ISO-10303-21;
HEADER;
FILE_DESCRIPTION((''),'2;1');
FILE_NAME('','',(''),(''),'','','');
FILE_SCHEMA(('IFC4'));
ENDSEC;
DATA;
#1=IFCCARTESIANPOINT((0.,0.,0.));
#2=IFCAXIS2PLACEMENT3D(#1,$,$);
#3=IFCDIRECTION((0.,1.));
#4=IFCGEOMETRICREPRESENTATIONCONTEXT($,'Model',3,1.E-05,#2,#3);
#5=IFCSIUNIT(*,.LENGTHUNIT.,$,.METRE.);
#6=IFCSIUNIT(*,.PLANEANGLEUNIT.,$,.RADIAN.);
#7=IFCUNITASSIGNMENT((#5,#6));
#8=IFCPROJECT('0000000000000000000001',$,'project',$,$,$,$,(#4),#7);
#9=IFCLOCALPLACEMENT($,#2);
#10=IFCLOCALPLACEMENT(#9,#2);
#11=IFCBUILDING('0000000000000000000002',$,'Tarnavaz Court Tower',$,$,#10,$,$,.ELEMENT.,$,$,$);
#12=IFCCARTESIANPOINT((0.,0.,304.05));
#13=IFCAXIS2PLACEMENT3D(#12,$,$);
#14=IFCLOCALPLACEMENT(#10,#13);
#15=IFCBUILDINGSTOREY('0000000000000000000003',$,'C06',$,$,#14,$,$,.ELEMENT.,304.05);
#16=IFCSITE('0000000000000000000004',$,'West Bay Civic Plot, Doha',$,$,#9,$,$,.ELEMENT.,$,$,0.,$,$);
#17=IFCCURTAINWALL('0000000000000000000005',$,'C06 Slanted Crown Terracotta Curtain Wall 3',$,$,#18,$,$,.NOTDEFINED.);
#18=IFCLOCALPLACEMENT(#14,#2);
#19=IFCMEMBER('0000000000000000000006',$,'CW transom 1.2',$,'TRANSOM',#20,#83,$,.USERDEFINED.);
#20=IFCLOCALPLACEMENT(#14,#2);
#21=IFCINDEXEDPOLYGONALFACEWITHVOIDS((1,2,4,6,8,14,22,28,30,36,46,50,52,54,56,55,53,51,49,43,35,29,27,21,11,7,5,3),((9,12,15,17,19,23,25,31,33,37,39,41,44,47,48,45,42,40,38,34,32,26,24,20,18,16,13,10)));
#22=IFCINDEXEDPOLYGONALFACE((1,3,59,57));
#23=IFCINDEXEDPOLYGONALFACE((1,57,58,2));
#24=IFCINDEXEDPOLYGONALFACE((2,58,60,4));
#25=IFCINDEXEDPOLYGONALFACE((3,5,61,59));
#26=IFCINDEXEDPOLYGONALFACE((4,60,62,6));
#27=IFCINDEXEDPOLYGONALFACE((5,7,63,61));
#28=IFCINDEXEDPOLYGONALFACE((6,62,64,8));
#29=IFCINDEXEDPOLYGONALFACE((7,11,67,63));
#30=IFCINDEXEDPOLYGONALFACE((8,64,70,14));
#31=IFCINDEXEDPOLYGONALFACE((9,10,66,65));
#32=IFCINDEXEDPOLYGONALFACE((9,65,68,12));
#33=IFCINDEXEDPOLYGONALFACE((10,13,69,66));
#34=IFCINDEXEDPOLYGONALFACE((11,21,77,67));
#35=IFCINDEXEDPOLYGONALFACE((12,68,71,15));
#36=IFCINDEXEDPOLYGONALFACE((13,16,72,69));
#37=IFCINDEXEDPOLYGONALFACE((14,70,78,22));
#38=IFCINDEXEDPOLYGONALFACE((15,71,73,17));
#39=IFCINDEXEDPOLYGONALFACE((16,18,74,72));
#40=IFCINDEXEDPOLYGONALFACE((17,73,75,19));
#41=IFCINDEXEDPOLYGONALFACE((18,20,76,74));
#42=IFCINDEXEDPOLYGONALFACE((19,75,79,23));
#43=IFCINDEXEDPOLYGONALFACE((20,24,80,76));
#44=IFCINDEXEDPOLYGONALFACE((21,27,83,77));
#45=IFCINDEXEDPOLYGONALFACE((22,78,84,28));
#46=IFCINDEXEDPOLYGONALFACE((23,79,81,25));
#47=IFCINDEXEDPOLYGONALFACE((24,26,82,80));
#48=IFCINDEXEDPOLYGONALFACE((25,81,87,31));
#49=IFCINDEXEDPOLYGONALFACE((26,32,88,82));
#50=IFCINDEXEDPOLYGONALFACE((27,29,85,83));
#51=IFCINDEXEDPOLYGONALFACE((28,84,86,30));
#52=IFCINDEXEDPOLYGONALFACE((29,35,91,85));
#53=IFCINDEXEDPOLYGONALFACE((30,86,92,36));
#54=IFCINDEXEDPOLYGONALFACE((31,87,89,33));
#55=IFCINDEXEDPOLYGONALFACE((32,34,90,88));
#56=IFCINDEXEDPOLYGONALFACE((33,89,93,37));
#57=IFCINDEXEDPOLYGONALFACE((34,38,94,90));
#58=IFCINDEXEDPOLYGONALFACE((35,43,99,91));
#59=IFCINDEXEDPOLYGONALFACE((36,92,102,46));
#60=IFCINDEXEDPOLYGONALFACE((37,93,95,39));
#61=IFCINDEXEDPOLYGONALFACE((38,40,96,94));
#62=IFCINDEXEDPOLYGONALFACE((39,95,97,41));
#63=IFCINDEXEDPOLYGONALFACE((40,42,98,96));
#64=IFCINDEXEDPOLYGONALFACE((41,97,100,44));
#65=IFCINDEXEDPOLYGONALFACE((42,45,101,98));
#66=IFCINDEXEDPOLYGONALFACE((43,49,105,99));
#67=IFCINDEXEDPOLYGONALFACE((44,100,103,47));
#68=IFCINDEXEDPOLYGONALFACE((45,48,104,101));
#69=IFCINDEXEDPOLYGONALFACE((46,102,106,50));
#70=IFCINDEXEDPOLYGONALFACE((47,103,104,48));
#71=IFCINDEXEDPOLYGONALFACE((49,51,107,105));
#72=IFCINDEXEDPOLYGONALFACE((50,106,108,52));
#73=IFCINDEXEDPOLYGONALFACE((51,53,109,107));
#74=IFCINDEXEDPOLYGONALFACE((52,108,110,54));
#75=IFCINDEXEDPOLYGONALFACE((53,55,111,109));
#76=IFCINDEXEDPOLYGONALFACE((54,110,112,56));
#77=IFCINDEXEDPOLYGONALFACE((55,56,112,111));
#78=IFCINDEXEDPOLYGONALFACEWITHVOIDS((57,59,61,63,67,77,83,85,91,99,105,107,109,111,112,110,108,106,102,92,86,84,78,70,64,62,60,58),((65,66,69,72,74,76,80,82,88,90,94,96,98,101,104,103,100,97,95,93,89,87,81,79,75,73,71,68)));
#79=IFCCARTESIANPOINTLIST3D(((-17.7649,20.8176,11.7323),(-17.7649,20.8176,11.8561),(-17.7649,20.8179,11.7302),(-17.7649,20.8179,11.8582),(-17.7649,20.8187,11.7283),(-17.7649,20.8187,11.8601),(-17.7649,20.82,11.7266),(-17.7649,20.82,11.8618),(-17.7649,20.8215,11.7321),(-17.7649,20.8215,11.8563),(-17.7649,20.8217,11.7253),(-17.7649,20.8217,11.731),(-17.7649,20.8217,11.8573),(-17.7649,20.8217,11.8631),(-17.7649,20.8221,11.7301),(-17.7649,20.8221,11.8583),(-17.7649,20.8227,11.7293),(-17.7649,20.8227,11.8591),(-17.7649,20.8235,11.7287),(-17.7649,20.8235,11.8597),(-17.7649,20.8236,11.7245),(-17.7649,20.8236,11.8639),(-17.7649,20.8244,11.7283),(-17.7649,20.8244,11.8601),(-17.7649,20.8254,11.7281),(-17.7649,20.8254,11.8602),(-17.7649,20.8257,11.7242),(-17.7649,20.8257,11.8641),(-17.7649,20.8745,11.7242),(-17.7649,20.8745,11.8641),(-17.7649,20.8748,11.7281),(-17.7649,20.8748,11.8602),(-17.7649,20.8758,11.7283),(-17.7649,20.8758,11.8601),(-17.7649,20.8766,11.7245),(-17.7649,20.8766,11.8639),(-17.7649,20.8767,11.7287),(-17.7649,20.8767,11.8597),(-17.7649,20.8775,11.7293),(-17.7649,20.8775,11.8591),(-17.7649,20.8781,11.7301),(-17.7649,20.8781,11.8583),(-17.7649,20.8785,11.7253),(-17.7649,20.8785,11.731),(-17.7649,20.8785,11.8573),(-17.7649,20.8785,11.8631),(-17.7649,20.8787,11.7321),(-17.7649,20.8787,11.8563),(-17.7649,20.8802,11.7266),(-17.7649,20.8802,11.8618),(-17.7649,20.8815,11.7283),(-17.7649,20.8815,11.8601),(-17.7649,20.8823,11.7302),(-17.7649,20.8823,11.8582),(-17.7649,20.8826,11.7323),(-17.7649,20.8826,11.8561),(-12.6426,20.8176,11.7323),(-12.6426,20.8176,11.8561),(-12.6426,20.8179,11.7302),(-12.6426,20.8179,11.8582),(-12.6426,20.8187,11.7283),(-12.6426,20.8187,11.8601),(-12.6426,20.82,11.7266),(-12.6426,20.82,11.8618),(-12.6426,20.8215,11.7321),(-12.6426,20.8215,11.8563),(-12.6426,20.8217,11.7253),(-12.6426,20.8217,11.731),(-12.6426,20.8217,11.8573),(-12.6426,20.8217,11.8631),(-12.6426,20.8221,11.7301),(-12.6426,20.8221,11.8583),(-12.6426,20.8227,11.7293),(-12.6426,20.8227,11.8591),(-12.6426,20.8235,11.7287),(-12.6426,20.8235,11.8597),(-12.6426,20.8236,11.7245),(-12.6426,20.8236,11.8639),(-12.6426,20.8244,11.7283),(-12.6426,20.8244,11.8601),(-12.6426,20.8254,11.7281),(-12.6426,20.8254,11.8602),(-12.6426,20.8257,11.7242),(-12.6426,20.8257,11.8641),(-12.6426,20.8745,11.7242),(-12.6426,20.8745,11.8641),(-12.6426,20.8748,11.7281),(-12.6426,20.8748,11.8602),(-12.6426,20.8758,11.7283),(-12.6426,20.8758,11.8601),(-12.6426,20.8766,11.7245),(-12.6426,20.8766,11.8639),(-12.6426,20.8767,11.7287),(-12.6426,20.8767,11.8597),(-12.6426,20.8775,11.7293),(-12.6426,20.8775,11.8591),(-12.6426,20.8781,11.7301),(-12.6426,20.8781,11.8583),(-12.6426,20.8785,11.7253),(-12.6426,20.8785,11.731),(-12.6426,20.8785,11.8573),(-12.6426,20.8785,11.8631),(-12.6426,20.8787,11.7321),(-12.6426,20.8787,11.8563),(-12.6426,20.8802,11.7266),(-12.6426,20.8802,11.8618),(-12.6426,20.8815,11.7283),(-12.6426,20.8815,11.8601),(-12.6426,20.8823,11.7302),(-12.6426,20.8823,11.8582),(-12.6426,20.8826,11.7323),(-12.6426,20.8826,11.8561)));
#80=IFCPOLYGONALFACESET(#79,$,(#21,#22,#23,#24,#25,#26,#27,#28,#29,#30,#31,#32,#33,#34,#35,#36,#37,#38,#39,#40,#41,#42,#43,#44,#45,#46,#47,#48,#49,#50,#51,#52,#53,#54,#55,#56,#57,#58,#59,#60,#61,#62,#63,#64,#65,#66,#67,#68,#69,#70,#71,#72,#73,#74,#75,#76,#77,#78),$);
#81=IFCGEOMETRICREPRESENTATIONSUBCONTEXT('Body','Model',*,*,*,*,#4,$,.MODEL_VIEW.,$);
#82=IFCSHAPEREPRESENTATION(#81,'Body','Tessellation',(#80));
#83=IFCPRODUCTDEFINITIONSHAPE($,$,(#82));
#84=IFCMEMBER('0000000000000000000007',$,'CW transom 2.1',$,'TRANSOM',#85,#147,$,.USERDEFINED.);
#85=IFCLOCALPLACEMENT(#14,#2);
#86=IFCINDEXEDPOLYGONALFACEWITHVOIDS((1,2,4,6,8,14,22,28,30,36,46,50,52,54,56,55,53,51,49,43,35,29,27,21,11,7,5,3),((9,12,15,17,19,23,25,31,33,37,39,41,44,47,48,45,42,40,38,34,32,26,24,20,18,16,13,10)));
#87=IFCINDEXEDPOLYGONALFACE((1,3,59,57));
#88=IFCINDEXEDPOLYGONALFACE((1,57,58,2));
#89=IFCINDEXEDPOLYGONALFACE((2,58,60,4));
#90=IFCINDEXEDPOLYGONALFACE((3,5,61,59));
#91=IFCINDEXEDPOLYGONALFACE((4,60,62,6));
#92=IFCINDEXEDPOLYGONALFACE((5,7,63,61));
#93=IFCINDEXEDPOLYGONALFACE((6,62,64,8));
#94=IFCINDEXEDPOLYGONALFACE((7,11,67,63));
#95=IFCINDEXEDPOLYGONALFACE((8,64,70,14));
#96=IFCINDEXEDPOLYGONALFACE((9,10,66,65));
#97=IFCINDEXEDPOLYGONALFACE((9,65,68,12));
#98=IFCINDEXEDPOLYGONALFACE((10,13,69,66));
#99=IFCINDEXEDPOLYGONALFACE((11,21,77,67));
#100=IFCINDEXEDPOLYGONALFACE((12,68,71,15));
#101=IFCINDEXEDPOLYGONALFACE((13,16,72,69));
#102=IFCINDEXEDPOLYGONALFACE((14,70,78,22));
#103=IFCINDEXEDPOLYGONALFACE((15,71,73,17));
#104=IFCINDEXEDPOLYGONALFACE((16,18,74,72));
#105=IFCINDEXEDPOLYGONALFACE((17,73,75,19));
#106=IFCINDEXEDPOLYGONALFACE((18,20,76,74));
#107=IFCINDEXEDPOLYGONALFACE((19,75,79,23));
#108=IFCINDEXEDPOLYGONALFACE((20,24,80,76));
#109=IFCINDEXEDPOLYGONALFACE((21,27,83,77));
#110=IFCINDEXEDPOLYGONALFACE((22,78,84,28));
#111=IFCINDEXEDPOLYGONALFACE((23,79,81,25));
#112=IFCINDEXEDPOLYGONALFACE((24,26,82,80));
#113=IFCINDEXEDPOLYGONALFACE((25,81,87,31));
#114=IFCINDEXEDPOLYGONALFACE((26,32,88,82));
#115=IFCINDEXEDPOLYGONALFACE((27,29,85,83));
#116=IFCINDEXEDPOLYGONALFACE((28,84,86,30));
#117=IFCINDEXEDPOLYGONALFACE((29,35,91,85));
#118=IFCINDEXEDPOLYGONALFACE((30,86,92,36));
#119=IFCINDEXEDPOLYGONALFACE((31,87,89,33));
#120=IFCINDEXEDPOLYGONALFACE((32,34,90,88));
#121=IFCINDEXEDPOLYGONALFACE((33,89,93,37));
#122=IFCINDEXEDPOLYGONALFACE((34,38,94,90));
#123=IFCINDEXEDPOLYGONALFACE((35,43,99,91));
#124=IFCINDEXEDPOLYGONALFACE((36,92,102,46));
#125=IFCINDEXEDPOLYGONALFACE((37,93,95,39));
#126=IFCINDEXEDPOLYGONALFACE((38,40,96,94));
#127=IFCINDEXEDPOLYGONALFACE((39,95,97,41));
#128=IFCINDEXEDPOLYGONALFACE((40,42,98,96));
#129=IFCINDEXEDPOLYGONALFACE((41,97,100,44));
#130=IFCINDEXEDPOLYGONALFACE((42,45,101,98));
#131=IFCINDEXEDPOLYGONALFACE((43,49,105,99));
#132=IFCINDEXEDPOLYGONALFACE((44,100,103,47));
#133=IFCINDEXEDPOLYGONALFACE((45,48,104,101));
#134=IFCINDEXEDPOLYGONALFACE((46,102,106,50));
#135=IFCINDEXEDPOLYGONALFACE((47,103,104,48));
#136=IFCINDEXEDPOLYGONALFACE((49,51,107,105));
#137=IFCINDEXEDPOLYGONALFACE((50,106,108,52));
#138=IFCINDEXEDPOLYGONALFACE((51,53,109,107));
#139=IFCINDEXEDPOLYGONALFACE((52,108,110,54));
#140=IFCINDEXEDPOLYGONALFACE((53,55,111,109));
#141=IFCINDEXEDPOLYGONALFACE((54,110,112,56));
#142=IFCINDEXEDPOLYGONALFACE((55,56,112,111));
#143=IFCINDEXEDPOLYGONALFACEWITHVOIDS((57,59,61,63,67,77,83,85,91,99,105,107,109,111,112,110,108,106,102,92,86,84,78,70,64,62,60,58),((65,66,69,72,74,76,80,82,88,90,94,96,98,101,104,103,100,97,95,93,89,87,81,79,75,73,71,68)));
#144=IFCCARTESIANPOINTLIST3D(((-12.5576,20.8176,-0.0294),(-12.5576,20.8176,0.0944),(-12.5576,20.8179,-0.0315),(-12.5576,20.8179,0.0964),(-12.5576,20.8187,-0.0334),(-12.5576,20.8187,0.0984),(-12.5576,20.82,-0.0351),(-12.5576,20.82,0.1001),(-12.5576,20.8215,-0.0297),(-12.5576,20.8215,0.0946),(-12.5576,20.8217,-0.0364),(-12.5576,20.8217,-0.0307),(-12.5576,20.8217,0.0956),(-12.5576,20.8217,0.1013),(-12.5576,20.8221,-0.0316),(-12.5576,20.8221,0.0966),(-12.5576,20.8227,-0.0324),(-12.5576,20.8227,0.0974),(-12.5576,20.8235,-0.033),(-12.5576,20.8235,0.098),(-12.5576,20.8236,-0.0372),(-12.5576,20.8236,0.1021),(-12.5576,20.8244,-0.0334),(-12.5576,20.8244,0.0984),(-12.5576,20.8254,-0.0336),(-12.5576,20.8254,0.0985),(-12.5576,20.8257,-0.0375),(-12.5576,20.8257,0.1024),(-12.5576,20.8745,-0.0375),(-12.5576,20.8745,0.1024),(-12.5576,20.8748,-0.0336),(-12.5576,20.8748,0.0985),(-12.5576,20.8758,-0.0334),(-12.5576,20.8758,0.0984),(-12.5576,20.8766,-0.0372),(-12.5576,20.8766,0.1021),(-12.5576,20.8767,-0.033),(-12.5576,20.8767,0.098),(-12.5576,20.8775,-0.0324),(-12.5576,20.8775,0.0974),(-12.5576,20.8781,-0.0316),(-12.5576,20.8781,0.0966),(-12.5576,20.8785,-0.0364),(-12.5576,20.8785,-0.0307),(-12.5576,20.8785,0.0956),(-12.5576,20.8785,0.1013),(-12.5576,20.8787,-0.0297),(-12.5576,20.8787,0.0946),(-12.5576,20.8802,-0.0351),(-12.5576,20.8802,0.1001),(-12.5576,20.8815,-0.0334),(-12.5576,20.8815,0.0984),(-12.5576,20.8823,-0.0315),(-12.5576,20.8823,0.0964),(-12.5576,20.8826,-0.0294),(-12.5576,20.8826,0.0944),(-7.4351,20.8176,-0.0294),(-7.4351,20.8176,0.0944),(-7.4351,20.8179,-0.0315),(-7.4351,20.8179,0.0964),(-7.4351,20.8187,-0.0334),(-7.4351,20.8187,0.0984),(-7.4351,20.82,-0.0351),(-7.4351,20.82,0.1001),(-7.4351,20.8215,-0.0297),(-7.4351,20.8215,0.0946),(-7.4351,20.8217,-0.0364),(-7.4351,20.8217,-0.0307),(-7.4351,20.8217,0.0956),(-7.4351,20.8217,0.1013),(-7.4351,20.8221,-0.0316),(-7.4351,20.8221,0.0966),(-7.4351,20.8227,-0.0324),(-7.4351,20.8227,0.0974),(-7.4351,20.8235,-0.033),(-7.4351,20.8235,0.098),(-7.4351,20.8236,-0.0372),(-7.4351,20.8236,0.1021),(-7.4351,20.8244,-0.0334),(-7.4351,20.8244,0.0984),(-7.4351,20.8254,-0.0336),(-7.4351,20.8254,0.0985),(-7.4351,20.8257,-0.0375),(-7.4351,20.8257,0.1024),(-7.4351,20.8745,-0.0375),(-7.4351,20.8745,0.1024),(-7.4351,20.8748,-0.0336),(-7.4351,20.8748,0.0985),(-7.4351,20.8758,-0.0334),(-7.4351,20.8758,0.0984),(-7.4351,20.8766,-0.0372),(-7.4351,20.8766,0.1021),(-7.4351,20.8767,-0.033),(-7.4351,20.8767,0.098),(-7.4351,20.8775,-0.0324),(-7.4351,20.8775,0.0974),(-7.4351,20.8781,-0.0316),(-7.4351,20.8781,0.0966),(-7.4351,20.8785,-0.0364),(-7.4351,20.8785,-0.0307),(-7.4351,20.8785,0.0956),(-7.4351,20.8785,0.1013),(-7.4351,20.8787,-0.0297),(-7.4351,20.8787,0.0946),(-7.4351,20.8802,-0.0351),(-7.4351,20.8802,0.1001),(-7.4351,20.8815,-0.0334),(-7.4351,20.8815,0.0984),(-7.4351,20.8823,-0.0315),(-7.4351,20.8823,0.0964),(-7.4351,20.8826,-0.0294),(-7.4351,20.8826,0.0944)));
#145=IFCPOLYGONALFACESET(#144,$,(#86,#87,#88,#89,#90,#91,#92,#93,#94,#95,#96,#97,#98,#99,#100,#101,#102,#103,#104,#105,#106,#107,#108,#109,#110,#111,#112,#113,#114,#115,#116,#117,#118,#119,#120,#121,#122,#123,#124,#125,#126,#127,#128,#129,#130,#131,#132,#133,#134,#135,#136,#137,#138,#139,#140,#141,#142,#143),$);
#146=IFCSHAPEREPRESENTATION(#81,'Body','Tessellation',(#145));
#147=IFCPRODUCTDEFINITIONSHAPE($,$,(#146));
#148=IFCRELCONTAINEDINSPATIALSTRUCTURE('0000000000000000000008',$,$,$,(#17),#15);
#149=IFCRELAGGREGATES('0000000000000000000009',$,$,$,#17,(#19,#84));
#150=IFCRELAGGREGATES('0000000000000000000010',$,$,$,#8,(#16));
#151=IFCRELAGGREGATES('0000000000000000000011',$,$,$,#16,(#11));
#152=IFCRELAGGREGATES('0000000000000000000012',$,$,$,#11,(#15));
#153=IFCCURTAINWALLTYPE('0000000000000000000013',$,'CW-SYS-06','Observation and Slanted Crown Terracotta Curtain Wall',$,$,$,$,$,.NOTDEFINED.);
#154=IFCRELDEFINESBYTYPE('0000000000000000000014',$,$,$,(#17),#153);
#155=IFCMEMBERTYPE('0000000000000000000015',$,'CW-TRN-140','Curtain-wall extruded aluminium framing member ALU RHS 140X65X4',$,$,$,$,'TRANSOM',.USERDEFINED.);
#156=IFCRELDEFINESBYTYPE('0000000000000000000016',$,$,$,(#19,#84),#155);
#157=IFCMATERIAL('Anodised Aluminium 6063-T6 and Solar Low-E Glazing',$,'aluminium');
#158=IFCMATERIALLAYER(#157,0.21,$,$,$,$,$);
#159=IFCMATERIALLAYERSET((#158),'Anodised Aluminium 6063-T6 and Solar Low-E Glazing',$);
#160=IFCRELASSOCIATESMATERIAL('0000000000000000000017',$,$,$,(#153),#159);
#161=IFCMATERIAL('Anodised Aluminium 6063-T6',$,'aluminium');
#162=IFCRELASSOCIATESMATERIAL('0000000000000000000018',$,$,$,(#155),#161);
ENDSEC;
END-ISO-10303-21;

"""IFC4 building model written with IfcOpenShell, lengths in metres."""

from ifc_helpers import new_model, si_unit, direction, frame, origin, origin_2d, place, context, subcontext, project, spatial, hollow_rectangle, extrude, material, layer, layer_set, material_profile, profile_set, type_object, element, aggregate, save


model = new_model("IFC4")

# Units and contexts
model_context = context("Model", 3, precision=1e-05, world=origin(), true_north=direction((0.0, 1.0)))
body_context = subcontext(model_context, "Body", "Model", "MODEL_VIEW")
ifc_project = project(units=[si_unit("LENGTHUNIT", "METRE"), si_unit("PLANEANGLEUNIT", "RADIAN")], contexts=[model_context])

# Site, building, storey
site_placement = place(None, origin())
site = spatial("IfcSite", under=ifc_project, at=site_placement, Name="West Bay Civic Plot, Doha", CompositionType="ELEMENT", RefElevation=0.0)
building_placement = place(site_placement, origin())
building = spatial("IfcBuilding", under=site, at=building_placement, Name="Tarnavaz Court Tower", CompositionType="ELEMENT")
storey_placement = place(building_placement, frame((0.0, 0.0, 304.05)))
storey = spatial("IfcBuildingStorey", under=building, at=storey_placement, Name="C06", CompositionType="ELEMENT", Elevation=304.05)

# Curtain wall
ifc_material_1 = material(Name="Anodised Aluminium 6063-T6 and Solar Low-E Glazing", Category="aluminium")
ifc_layer_1 = layer(ifc_material_1, 0.21)
ifc_layer_set_1 = layer_set([ifc_layer_1], Name="Anodised Aluminium 6063-T6 and Solar Low-E Glazing")
curtain_wall_type = type_object("IfcCurtainWallType", Name="CW-SYS-06", Description="Observation and Slanted Crown Terracotta Curtain Wall", PredefinedType="NOTDEFINED", material=ifc_layer_set_1)
ifc_material_2 = material(Name="Anodised Aluminium 6063-T6", Category="aluminium")
curtain_wall_1_placement = place(storey_placement, origin())
curtain_wall_1 = element("IfcCurtainWall", 1, at=curtain_wall_1_placement, inside=storey, type_object=curtain_wall_type, Name="C06 Slanted Crown Terracotta Curtain Wall 3", PredefinedType="NOTDEFINED")

# Members
ifc_material_profile_1 = material_profile(ifc_material_2, hollow_rectangle(XDim=0.0649, YDim=0.1399, WallThickness=0.0039, InnerFilletRadius=0.0039, OuterFilletRadius=0.0081, at=origin_2d()), Name="ALU RHS 140X65X4")
ifc_profile_set_1 = profile_set([ifc_material_profile_1], Name="Anodised Aluminium 6063-T6")
member_type_1 = type_object("IfcMemberType", Name="CW-TRN-140", Description="Curtain-wall extruded aluminium framing member ALU RHS 140X65X4", ElementType="TRANSOM", PredefinedType="USERDEFINED", material=ifc_profile_set_1)
member_1_placement = place(storey_placement, frame((-17.7649, 20.8501, 11.7942), z_axis=(1.0, 0.0, 0.0), x_axis=(0.0, 1.0, 0.0)))
member_1 = element("IfcMember", 2, at=member_1_placement, type_object=member_type_1, Name="CW transom 1.2", ObjectType="TRANSOM", PredefinedType="USERDEFINED", context=body_context, shape_type="SweptSolid", body=[
    extrude(hollow_rectangle(XDim=0.0649, YDim=0.1399, WallThickness=0.0039, InnerFilletRadius=0.0039, OuterFilletRadius=0.0081, at=origin_2d()), origin(), (0.0, 0.0, 1.0), 5.1223),
])
member_2_placement = place(storey_placement, frame((-12.5576, 20.8501, 0.0325), z_axis=(1.0, 0.0, 0.0), x_axis=(0.0, 1.0, 0.0)))
member_2 = element("IfcMember", 3, at=member_2_placement, type_object=member_type_1, Name="CW transom 2.1", ObjectType="TRANSOM", PredefinedType="USERDEFINED", context=body_context, shape_type="SweptSolid", body=[
    extrude(hollow_rectangle(XDim=0.0649, YDim=0.1399, WallThickness=0.0039, InnerFilletRadius=0.0039, OuterFilletRadius=0.0081, at=origin_2d()), origin(), (0.0, 0.0, 1.0), 5.1226),
])

aggregate(curtain_wall_1, [member_1, member_2])

save(model, "model.ifc")
